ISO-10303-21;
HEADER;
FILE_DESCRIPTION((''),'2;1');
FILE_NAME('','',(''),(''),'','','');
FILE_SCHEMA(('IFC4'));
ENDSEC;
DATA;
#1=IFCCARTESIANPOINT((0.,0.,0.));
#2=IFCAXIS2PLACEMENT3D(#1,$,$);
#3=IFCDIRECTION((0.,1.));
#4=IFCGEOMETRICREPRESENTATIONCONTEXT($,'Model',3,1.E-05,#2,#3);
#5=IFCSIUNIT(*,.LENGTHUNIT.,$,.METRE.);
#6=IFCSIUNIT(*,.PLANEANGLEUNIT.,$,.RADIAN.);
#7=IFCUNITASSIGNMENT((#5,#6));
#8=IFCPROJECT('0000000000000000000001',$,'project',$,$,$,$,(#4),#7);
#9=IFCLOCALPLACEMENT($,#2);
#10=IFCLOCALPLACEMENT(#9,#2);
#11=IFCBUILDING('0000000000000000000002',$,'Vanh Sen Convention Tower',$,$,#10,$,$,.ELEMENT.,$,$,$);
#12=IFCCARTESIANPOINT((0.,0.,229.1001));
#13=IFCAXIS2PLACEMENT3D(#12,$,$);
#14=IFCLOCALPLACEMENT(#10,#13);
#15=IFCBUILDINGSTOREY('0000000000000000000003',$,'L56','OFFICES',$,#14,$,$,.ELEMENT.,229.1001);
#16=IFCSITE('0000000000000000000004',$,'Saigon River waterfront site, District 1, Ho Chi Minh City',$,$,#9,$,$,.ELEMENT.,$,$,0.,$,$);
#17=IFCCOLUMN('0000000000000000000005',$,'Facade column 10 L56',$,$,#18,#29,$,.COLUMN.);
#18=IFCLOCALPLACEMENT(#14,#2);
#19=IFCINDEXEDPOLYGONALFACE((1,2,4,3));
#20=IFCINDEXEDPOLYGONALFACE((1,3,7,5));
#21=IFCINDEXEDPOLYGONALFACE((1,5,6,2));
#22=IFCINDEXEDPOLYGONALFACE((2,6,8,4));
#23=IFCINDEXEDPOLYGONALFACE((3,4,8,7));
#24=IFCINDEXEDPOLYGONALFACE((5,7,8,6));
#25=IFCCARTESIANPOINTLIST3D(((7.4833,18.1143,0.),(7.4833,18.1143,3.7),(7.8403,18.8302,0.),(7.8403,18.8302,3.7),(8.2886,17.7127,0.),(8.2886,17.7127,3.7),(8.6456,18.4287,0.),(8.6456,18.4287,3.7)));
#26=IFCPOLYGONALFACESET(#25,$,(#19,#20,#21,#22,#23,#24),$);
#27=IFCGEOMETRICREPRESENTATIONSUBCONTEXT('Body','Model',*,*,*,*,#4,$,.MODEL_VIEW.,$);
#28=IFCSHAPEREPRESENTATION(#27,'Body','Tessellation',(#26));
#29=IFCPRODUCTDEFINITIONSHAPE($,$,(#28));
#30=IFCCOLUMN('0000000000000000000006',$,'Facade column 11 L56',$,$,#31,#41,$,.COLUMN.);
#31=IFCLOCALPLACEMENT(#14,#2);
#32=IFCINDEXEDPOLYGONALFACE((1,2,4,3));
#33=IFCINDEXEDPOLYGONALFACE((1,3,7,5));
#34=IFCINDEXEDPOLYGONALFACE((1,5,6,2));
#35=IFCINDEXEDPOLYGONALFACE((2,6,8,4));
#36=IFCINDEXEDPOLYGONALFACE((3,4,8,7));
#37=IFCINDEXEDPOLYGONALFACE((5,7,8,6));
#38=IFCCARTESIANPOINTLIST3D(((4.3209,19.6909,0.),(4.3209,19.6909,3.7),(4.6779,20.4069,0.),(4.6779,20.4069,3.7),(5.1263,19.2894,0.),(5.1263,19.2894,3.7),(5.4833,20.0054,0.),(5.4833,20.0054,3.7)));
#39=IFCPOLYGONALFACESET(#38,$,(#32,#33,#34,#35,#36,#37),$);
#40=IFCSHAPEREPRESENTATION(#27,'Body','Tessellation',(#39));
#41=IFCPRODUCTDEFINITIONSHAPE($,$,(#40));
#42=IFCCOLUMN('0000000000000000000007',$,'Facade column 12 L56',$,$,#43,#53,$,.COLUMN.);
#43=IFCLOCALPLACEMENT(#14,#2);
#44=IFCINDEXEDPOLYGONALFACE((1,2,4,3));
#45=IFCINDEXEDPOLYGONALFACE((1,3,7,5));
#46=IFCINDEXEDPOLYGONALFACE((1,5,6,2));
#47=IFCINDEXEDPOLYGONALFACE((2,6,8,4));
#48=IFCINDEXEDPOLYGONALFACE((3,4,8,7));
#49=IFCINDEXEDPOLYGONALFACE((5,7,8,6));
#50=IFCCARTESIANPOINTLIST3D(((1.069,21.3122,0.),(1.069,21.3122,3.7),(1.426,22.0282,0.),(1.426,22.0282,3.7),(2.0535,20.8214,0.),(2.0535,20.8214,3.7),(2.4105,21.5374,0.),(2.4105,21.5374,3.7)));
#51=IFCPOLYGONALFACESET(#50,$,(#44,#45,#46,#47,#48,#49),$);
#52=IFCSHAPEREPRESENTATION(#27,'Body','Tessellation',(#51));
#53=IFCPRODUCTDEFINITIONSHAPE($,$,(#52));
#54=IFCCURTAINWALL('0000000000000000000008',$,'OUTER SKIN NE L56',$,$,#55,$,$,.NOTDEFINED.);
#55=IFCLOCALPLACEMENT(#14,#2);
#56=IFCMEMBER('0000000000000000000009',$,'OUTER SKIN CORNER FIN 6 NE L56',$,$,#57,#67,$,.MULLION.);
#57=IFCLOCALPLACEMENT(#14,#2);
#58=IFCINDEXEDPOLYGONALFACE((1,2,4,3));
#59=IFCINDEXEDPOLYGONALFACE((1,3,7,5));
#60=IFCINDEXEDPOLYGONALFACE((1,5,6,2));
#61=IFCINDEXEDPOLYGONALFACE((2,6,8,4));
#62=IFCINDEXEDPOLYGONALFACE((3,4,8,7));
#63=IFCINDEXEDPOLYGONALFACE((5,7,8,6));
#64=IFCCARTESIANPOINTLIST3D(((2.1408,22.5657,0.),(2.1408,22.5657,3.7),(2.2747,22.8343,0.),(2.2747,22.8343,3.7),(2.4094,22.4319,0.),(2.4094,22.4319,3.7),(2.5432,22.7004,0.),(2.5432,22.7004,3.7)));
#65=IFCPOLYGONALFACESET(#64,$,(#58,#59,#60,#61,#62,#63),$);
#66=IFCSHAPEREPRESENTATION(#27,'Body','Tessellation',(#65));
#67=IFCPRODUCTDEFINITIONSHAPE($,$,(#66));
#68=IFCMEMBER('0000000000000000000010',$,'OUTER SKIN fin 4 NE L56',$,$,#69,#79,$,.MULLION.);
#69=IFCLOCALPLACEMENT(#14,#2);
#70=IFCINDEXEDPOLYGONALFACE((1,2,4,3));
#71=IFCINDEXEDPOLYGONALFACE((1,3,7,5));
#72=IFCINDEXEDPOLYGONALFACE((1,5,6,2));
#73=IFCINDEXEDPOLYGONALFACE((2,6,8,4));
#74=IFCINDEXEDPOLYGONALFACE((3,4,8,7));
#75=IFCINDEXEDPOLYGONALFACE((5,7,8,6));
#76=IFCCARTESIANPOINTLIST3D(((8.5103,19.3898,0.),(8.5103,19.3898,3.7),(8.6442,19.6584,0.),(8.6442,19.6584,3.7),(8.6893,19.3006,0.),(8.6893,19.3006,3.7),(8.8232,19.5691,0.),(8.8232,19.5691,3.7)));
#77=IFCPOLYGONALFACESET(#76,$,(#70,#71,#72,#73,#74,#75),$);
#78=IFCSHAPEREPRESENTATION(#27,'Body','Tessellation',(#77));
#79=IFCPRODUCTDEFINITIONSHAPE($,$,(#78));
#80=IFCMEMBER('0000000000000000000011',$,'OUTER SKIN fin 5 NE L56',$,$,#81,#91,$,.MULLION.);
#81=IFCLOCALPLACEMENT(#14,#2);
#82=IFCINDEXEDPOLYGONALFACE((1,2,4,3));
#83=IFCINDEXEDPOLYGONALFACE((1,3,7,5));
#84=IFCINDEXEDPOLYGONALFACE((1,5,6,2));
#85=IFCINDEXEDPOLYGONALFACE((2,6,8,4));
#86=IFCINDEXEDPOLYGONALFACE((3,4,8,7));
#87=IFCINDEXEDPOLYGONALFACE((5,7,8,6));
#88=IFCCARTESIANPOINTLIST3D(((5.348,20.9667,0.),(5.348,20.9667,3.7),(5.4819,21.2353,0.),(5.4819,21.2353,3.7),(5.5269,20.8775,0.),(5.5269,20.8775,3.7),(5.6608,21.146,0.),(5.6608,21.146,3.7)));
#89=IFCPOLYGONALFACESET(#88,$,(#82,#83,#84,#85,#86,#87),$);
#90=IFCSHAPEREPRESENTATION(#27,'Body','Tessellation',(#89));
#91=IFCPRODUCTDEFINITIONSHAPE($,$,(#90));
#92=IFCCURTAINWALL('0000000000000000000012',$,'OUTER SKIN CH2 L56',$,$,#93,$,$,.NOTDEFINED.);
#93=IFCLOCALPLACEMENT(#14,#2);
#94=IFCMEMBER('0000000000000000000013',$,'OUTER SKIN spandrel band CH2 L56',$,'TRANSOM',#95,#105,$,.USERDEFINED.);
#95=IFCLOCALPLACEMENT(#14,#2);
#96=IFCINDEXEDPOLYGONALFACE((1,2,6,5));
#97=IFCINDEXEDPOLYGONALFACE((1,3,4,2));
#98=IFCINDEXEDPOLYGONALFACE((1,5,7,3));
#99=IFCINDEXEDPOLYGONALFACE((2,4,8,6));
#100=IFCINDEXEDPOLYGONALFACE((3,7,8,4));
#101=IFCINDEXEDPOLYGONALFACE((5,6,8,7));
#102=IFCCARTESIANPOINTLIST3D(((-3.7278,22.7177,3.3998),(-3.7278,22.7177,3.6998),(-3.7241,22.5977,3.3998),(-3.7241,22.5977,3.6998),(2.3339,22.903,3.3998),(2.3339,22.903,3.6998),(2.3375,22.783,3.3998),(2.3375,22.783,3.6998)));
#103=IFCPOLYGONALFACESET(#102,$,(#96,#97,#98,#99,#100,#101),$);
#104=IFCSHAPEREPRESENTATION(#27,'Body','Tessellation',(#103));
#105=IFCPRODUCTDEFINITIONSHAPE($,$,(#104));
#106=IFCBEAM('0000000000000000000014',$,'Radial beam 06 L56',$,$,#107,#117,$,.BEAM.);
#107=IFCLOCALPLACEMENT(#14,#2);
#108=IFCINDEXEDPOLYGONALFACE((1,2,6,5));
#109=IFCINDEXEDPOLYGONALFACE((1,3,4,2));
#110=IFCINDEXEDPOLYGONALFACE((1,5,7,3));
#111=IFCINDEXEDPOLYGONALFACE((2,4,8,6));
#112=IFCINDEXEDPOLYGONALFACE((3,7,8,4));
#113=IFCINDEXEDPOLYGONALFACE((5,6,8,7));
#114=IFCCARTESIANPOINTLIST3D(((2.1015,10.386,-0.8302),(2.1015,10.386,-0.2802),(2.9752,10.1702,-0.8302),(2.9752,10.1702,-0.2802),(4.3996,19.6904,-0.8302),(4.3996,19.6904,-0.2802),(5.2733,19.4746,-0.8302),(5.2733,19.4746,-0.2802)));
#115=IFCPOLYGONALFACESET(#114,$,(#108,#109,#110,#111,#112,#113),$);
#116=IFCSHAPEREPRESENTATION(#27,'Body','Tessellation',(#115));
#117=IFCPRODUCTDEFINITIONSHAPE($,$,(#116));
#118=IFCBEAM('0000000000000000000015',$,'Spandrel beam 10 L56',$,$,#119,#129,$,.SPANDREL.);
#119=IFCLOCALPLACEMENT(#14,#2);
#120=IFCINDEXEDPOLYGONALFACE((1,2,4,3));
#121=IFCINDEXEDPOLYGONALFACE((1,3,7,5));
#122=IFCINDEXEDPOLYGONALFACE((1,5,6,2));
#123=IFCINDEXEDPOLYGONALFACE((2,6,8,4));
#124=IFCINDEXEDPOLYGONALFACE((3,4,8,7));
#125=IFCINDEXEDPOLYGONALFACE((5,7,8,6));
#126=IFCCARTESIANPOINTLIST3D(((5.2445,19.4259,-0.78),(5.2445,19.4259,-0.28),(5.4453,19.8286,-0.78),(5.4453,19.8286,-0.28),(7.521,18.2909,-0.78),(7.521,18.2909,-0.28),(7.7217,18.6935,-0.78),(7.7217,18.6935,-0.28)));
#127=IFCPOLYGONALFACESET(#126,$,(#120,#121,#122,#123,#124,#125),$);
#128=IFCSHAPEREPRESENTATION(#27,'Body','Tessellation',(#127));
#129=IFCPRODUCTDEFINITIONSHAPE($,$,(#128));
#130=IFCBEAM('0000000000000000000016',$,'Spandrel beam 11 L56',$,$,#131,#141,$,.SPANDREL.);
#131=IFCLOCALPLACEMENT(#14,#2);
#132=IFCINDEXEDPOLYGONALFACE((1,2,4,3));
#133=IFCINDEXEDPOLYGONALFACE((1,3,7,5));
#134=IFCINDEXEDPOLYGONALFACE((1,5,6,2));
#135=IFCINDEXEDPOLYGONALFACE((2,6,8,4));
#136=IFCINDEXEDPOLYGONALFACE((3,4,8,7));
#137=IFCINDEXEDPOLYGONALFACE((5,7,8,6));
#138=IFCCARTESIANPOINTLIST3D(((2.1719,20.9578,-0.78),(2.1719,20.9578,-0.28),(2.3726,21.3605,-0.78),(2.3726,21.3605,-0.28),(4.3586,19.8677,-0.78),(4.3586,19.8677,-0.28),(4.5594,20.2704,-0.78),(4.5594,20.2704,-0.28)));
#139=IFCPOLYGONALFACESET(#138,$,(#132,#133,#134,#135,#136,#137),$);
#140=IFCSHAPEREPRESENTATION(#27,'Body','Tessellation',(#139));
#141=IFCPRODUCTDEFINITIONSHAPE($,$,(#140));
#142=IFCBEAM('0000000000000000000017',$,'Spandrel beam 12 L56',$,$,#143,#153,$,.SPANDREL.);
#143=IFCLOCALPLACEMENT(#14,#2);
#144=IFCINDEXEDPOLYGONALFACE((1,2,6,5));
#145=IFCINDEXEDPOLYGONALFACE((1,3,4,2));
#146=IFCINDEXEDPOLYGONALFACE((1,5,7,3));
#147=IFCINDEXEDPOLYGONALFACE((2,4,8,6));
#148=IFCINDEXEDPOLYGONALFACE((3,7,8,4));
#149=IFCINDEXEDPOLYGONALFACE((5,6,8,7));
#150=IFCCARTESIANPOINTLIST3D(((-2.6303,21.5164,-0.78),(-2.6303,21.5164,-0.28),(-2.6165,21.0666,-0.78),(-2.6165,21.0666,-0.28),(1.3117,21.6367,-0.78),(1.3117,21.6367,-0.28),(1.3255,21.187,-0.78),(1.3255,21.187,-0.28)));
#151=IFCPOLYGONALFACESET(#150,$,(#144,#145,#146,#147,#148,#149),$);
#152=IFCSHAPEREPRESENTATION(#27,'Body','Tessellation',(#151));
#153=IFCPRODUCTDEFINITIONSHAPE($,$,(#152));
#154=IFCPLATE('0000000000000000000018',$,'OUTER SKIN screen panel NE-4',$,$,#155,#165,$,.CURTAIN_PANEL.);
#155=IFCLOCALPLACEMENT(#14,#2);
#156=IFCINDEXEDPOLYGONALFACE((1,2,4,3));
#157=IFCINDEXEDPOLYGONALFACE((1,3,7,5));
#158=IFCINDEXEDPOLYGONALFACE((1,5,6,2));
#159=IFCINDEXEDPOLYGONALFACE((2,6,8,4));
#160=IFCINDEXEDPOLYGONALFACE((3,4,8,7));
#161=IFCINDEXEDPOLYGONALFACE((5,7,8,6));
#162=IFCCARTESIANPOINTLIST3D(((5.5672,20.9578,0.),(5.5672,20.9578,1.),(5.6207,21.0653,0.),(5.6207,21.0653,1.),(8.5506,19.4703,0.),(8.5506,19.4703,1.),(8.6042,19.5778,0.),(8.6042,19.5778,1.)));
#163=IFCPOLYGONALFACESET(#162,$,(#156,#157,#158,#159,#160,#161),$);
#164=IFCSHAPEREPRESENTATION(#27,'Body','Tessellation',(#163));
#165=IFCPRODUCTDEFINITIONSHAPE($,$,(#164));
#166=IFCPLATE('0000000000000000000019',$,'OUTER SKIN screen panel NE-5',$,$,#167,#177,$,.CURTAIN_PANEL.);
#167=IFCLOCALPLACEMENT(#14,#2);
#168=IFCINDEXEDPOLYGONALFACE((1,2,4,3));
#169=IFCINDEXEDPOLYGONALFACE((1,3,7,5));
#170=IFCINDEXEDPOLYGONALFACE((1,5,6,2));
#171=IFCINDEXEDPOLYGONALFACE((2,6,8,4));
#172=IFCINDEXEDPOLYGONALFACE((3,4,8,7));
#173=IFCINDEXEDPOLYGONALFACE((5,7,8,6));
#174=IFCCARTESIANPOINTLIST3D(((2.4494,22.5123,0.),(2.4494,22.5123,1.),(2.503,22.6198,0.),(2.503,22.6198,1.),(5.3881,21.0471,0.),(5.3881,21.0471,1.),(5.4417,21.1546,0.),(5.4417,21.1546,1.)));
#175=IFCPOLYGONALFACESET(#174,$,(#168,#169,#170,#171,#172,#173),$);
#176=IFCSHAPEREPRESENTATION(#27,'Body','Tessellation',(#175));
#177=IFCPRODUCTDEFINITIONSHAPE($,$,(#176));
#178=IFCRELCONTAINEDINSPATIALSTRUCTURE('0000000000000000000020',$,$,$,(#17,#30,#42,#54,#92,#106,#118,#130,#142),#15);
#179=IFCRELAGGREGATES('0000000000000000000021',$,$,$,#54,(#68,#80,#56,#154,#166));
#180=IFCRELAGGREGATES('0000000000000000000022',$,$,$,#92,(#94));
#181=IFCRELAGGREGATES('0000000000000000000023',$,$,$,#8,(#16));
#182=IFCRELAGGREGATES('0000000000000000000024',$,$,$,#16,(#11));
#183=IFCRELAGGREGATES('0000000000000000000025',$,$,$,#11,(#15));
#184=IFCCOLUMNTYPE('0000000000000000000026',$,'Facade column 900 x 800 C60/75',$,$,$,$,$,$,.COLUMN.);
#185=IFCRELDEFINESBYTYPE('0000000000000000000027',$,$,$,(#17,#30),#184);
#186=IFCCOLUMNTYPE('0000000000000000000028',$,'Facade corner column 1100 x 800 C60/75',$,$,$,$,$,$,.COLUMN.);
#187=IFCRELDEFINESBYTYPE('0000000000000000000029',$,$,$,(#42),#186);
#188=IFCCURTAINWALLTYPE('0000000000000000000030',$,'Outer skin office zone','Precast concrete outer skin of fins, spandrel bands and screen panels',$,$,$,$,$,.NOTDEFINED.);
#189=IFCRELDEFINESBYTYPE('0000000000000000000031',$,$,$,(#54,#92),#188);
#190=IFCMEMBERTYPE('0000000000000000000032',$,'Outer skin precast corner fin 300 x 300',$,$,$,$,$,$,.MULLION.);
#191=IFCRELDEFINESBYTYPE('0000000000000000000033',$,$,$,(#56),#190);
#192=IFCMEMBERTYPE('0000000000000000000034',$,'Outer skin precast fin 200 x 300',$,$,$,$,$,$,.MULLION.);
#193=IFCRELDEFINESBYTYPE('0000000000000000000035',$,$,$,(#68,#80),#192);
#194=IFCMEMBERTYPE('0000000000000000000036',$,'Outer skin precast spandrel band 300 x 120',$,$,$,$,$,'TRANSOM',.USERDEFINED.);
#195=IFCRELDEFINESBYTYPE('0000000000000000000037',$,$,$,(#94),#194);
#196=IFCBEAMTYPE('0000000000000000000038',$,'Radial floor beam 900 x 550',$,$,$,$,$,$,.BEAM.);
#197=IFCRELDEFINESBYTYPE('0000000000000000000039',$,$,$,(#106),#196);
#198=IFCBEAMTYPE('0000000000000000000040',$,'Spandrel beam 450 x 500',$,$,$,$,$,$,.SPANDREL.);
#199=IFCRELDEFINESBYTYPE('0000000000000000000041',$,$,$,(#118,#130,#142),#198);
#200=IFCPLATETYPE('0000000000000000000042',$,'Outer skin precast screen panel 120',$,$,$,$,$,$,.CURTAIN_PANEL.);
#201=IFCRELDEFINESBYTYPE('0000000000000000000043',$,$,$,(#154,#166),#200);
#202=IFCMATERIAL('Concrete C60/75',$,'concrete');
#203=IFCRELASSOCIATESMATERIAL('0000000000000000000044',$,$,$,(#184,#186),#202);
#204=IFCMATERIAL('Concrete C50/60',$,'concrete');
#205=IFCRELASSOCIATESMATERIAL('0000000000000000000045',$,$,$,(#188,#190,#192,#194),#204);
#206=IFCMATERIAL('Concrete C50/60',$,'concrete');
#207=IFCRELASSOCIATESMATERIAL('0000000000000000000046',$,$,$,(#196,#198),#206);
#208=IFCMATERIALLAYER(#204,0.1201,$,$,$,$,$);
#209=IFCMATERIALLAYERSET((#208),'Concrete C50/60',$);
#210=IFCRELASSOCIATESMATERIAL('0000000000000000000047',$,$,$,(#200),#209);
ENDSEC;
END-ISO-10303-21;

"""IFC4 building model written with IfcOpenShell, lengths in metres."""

from ifc_helpers import new_model, si_unit, direction, frame, origin, origin_2d, place, context, subcontext, project, spatial, rectangle, extrude, material, layer, layer_set, material_profile, profile_set, type_object, element, aggregate, save


model = new_model("IFC4")

# Units and contexts
model_context = context("Model", 3, precision=1e-05, world=origin(), true_north=direction((0.0, 1.0)))
body_context = subcontext(model_context, "Body", "Model", "MODEL_VIEW")
ifc_project = project(units=[si_unit("LENGTHUNIT", "METRE"), si_unit("PLANEANGLEUNIT", "RADIAN")], contexts=[model_context])

# Site, building, storey
site_placement = place(None, origin())
site = spatial("IfcSite", under=ifc_project, at=site_placement, Name="Saigon River waterfront site, District 1, Ho Chi Minh City", CompositionType="ELEMENT", RefElevation=0.0)
building_placement = place(site_placement, origin())
building = spatial("IfcBuilding", under=site, at=building_placement, Name="Vanh Sen Convention Tower", CompositionType="ELEMENT")
storey_placement = place(building_placement, frame((0.0, 0.0, 229.1001)))
storey = spatial("IfcBuildingStorey", under=building, at=storey_placement, Name="L56", Description="OFFICES", CompositionType="ELEMENT", Elevation=229.1001)

# Columns
ifc_material_1 = material(Name="Concrete C60/75", Category="concrete")
ifc_material_profile_1 = material_profile(ifc_material_1, rectangle(XDim=0.8999, YDim=0.8, at=origin_2d()), Name="RC 900X800")
ifc_profile_set_1 = profile_set([ifc_material_profile_1], Name="Concrete C60/75")
column_type_1 = type_object("IfcColumnType", Name="Facade column 900 x 800 C60/75", PredefinedType="COLUMN", material=ifc_profile_set_1)
for number, where, z_axis, x_axis, name in (
    (1, (8.0645, 18.2715, 0.0), (0.0, 0.0, 1.0), (-0.894934, 0.446198, 0.0), "Facade column 10 L56"),
    (2, (4.9021, 19.8481, 0.0), (0.0, 0.0, 1.0), (-0.894934, 0.446198, 0.0), "Facade column 11 L56"),
):
    element("IfcColumn", number, at=place(storey_placement, frame(where, z_axis=z_axis, x_axis=x_axis)), inside=storey, type_object=column_type_1, Name=name, PredefinedType="COLUMN", context=body_context, shape_type="SweptSolid", body=[
        extrude(rectangle(XDim=0.8999, YDim=0.8, at=origin_2d()), origin(), (0.0, 0.0, 1.0), 3.7),
    ])
ifc_material_profile_2 = material_profile(ifc_material_1, rectangle(XDim=1.1001, YDim=0.8, at=origin_2d()), Name="RC 1100X800")
ifc_profile_set_2 = profile_set([ifc_material_profile_2], Name="Concrete C60/75")
column_type_2 = type_object("IfcColumnType", Name="Facade corner column 1100 x 800 C60/75", PredefinedType="COLUMN", material=ifc_profile_set_2)
column_placement = place(storey_placement, frame((1.7397, 21.4248, 0.0), z_axis=(0.0, 0.0, 1.0), x_axis=(-0.894934, 0.446198, 0.0)))
element("IfcColumn", 3, at=column_placement, inside=storey, type_object=column_type_2, Name="Facade column 12 L56", PredefinedType="COLUMN", context=body_context, shape_type="SweptSolid", body=[
    extrude(rectangle(XDim=1.1001, YDim=0.8, at=origin_2d()), origin(), (0.0, 0.0, 1.0), 3.7),
])

# Curtain wall, members
ifc_material_2 = material(Name="Concrete C50/60", Category="concrete")
curtain_wall_type = type_object("IfcCurtainWallType", Name="Outer skin office zone", Description="Precast concrete outer skin of fins, spandrel bands and screen panels", PredefinedType="NOTDEFINED", material=ifc_material_2)
curtain_wall_1_placement = place(storey_placement, origin())
curtain_wall_1 = element("IfcCurtainWall", 4, at=curtain_wall_1_placement, inside=storey, type_object=curtain_wall_type, Name="OUTER SKIN NE L56", PredefinedType="NOTDEFINED")
ifc_material_profile_3 = material_profile(ifc_material_2, rectangle(XDim=0.3, YDim=0.3, at=origin_2d()), Name="Outer skin precast corner fin 300 x 300")
ifc_profile_set_3 = profile_set([ifc_material_profile_3], Name="Concrete C50/60")
member_type_1 = type_object("IfcMemberType", Name="Outer skin precast corner fin 300 x 300", PredefinedType="MULLION", material=ifc_profile_set_3)
member_1_placement = place(storey_placement, frame((2.342, 22.6331, 0.0), z_axis=(0.0, 0.0, 1.0), x_axis=(-0.894934, 0.446198, 0.0)))
member_1 = element("IfcMember", 5, at=member_1_placement, type_object=member_type_1, Name="OUTER SKIN CORNER FIN 6 NE L56", PredefinedType="MULLION", context=body_context, shape_type="SweptSolid", body=[
    extrude(rectangle(XDim=0.3, YDim=0.3, at=origin_2d()), origin(), (0.0, 0.0, 1.0), 3.7),
])
ifc_material_profile_4 = material_profile(ifc_material_2, rectangle(XDim=0.2, YDim=0.3, at=origin_2d()), Name="Outer skin precast fin 200 x 300")
ifc_profile_set_4 = profile_set([ifc_material_profile_4], Name="Concrete C50/60")
member_type_2 = type_object("IfcMemberType", Name="Outer skin precast fin 200 x 300", PredefinedType="MULLION", material=ifc_profile_set_4)
member_2_placement = place(storey_placement, frame((8.6667, 19.4795, 0.0), z_axis=(0.0, 0.0, 1.0), x_axis=(-0.894934, 0.446198, 0.0)))
member_2 = element("IfcMember", 6, at=member_2_placement, type_object=member_type_2, Name="OUTER SKIN fin 4 NE L56", PredefinedType="MULLION", context=body_context, shape_type="SweptSolid", body=[
    extrude(rectangle(XDim=0.2, YDim=0.3, at=origin_2d()), origin(), (0.0, 0.0, 1.0), 3.7),
])
member_3_placement = place(storey_placement, frame((5.5044, 21.0564, 0.0), z_axis=(0.0, 0.0, 1.0), x_axis=(-0.894934, 0.446198, 0.0)))
member_3 = element("IfcMember", 7, at=member_3_placement, type_object=member_type_2, Name="OUTER SKIN fin 5 NE L56", PredefinedType="MULLION", context=body_context, shape_type="SweptSolid", body=[
    extrude(rectangle(XDim=0.2, YDim=0.3, at=origin_2d()), origin(), (0.0, 0.0, 1.0), 3.7),
])

# Curtain wall, member
curtain_wall_2_placement = place(storey_placement, origin())
curtain_wall_2 = element("IfcCurtainWall", 8, at=curtain_wall_2_placement, inside=storey, type_object=curtain_wall_type, Name="OUTER SKIN CH2 L56", PredefinedType="NOTDEFINED")
ifc_material_profile_5 = material_profile(ifc_material_2, rectangle(XDim=0.1201, YDim=0.3, at=origin_2d()), Name="Outer skin precast spandrel band 300 x 120")
ifc_profile_set_5 = profile_set([ifc_material_profile_5], Name="Concrete C50/60")
member_type_3 = type_object("IfcMemberType", Name="Outer skin precast spandrel band 300 x 120", ElementType="TRANSOM", PredefinedType="USERDEFINED", material=ifc_profile_set_5)
member_4_placement = place(storey_placement, frame((2.3357, 22.843, 3.5498), z_axis=(-0.999533, -0.030556, 0.0), x_axis=(0.030556, -0.999533, 0.0)))
member_4 = element("IfcMember", 9, at=member_4_placement, type_object=member_type_3, Name="OUTER SKIN spandrel band CH2 L56", ObjectType="TRANSOM", PredefinedType="USERDEFINED", context=body_context, shape_type="SweptSolid", body=[
    extrude(rectangle(XDim=0.1201, YDim=0.3, at=origin_2d()), origin(), (0.0, 0.0, 1.0), 6.0645),
])

# Beams
ifc_material_3 = material(Name="Concrete C50/60", Category="concrete")
ifc_material_profile_6 = material_profile(ifc_material_3, rectangle(XDim=0.8999, YDim=0.55, at=origin_2d()), Name="RC 900X550")
ifc_profile_set_6 = profile_set([ifc_material_profile_6], Name="Concrete C50/60")
beam_type_1 = type_object("IfcBeamType", Name="Radial floor beam 900 x 550", PredefinedType="BEAM", material=ifc_profile_set_6)
beam_1_placement = place(storey_placement, frame((4.8364, 19.5825, -0.5552), z_axis=(-0.239783, -0.970826, 0.0), x_axis=(0.970826, -0.239783, 0.0)))
element("IfcBeam", 10, at=beam_1_placement, inside=storey, type_object=beam_type_1, Name="Radial beam 06 L56", PredefinedType="BEAM", context=body_context, shape_type="SweptSolid", body=[
    extrude(rectangle(XDim=0.8999, YDim=0.55, at=origin_2d()), origin(), (0.0, 0.0, 1.0), 9.584),
])
ifc_material_profile_7 = material_profile(ifc_material_3, rectangle(XDim=0.45, YDim=0.5, at=origin_2d()), Name="RC 450X500")
ifc_profile_set_7 = profile_set([ifc_material_profile_7], Name="Concrete C50/60")
beam_type_2 = type_object("IfcBeamType", Name="Spandrel beam 450 x 500", PredefinedType="SPANDREL", material=ifc_profile_set_7)
beam_2_placement = place(storey_placement, frame((7.6213, 18.4922, -0.53), z_axis=(-0.894926, 0.446215, 0.0), x_axis=(-0.446215, -0.894926, 0.0)))
element("IfcBeam", 11, at=beam_2_placement, inside=storey, type_object=beam_type_2, Name="Spandrel beam 10 L56", PredefinedType="SPANDREL", context=body_context, shape_type="SweptSolid", body=[
    extrude(rectangle(XDim=0.45, YDim=0.5, at=origin_2d()), origin(), (0.0, 0.0, 1.0), 2.5437),
])
beam_3_placement = place(storey_placement, frame((4.459, 20.0691, -0.53), z_axis=(-0.894966, 0.446134, 0.0), x_axis=(-0.446134, -0.894966, 0.0)))
element("IfcBeam", 12, at=beam_3_placement, inside=storey, type_object=beam_type_2, Name="Spandrel beam 11 L56", PredefinedType="SPANDREL", context=body_context, shape_type="SweptSolid", body=[
    extrude(rectangle(XDim=0.45, YDim=0.5, at=origin_2d()), origin(), (0.0, 0.0, 1.0), 2.4434),
])
beam_4_placement = place(storey_placement, frame((1.3186, 21.4119, -0.53), z_axis=(-0.999534, -0.03052, 0.0), x_axis=(0.03052, -0.999534, 0.0)))
element("IfcBeam", 13, at=beam_4_placement, inside=storey, type_object=beam_type_2, Name="Spandrel beam 12 L56", PredefinedType="SPANDREL", context=body_context, shape_type="SweptSolid", body=[
    extrude(rectangle(XDim=0.45, YDim=0.5, at=origin_2d()), origin(), (0.0, 0.0, 1.0), 3.9438),
])

# Plates
ifc_layer_1 = layer(ifc_material_2, 0.1201)
ifc_layer_set_1 = layer_set([ifc_layer_1], Name="Concrete C50/60")
plate_type = type_object("IfcPlateType", Name="Outer skin precast screen panel 120", PredefinedType="CURTAIN_PANEL", material=ifc_layer_set_1)
plate_1_placement = place(storey_placement, frame((7.0857, 20.2678, 0.0), z_axis=(0.0, 0.0, 1.0), x_axis=(-0.894936, 0.446195, 0.0)))
plate_1 = element("IfcPlate", 14, at=plate_1_placement, type_object=plate_type, Name="OUTER SKIN screen panel NE-4", PredefinedType="CURTAIN_PANEL", context=body_context, shape_type="SweptSolid", body=[
    extrude(rectangle(XDim=3.3337, YDim=0.1201, at=origin_2d()), origin(), (0.0, 0.0, 1.0), 1.0),
])
plate_2_placement = place(storey_placement, frame((3.9456, 21.8335, 0.0), z_axis=(0.0, 0.0, 1.0), x_axis=(-0.89493, 0.446206, 0.0)))
plate_2 = element("IfcPlate", 15, at=plate_2_placement, type_object=plate_type, Name="OUTER SKIN screen panel NE-5", PredefinedType="CURTAIN_PANEL", context=body_context, shape_type="SweptSolid", body=[
    extrude(rectangle(XDim=3.2837, YDim=0.1201, at=origin_2d()), origin(), (0.0, 0.0, 1.0), 1.0),
])
aggregate(curtain_wall_1, [member_2, member_3, member_1, plate_1, plate_2])
aggregate(curtain_wall_2, [member_4])

save(model, "model.ifc")
